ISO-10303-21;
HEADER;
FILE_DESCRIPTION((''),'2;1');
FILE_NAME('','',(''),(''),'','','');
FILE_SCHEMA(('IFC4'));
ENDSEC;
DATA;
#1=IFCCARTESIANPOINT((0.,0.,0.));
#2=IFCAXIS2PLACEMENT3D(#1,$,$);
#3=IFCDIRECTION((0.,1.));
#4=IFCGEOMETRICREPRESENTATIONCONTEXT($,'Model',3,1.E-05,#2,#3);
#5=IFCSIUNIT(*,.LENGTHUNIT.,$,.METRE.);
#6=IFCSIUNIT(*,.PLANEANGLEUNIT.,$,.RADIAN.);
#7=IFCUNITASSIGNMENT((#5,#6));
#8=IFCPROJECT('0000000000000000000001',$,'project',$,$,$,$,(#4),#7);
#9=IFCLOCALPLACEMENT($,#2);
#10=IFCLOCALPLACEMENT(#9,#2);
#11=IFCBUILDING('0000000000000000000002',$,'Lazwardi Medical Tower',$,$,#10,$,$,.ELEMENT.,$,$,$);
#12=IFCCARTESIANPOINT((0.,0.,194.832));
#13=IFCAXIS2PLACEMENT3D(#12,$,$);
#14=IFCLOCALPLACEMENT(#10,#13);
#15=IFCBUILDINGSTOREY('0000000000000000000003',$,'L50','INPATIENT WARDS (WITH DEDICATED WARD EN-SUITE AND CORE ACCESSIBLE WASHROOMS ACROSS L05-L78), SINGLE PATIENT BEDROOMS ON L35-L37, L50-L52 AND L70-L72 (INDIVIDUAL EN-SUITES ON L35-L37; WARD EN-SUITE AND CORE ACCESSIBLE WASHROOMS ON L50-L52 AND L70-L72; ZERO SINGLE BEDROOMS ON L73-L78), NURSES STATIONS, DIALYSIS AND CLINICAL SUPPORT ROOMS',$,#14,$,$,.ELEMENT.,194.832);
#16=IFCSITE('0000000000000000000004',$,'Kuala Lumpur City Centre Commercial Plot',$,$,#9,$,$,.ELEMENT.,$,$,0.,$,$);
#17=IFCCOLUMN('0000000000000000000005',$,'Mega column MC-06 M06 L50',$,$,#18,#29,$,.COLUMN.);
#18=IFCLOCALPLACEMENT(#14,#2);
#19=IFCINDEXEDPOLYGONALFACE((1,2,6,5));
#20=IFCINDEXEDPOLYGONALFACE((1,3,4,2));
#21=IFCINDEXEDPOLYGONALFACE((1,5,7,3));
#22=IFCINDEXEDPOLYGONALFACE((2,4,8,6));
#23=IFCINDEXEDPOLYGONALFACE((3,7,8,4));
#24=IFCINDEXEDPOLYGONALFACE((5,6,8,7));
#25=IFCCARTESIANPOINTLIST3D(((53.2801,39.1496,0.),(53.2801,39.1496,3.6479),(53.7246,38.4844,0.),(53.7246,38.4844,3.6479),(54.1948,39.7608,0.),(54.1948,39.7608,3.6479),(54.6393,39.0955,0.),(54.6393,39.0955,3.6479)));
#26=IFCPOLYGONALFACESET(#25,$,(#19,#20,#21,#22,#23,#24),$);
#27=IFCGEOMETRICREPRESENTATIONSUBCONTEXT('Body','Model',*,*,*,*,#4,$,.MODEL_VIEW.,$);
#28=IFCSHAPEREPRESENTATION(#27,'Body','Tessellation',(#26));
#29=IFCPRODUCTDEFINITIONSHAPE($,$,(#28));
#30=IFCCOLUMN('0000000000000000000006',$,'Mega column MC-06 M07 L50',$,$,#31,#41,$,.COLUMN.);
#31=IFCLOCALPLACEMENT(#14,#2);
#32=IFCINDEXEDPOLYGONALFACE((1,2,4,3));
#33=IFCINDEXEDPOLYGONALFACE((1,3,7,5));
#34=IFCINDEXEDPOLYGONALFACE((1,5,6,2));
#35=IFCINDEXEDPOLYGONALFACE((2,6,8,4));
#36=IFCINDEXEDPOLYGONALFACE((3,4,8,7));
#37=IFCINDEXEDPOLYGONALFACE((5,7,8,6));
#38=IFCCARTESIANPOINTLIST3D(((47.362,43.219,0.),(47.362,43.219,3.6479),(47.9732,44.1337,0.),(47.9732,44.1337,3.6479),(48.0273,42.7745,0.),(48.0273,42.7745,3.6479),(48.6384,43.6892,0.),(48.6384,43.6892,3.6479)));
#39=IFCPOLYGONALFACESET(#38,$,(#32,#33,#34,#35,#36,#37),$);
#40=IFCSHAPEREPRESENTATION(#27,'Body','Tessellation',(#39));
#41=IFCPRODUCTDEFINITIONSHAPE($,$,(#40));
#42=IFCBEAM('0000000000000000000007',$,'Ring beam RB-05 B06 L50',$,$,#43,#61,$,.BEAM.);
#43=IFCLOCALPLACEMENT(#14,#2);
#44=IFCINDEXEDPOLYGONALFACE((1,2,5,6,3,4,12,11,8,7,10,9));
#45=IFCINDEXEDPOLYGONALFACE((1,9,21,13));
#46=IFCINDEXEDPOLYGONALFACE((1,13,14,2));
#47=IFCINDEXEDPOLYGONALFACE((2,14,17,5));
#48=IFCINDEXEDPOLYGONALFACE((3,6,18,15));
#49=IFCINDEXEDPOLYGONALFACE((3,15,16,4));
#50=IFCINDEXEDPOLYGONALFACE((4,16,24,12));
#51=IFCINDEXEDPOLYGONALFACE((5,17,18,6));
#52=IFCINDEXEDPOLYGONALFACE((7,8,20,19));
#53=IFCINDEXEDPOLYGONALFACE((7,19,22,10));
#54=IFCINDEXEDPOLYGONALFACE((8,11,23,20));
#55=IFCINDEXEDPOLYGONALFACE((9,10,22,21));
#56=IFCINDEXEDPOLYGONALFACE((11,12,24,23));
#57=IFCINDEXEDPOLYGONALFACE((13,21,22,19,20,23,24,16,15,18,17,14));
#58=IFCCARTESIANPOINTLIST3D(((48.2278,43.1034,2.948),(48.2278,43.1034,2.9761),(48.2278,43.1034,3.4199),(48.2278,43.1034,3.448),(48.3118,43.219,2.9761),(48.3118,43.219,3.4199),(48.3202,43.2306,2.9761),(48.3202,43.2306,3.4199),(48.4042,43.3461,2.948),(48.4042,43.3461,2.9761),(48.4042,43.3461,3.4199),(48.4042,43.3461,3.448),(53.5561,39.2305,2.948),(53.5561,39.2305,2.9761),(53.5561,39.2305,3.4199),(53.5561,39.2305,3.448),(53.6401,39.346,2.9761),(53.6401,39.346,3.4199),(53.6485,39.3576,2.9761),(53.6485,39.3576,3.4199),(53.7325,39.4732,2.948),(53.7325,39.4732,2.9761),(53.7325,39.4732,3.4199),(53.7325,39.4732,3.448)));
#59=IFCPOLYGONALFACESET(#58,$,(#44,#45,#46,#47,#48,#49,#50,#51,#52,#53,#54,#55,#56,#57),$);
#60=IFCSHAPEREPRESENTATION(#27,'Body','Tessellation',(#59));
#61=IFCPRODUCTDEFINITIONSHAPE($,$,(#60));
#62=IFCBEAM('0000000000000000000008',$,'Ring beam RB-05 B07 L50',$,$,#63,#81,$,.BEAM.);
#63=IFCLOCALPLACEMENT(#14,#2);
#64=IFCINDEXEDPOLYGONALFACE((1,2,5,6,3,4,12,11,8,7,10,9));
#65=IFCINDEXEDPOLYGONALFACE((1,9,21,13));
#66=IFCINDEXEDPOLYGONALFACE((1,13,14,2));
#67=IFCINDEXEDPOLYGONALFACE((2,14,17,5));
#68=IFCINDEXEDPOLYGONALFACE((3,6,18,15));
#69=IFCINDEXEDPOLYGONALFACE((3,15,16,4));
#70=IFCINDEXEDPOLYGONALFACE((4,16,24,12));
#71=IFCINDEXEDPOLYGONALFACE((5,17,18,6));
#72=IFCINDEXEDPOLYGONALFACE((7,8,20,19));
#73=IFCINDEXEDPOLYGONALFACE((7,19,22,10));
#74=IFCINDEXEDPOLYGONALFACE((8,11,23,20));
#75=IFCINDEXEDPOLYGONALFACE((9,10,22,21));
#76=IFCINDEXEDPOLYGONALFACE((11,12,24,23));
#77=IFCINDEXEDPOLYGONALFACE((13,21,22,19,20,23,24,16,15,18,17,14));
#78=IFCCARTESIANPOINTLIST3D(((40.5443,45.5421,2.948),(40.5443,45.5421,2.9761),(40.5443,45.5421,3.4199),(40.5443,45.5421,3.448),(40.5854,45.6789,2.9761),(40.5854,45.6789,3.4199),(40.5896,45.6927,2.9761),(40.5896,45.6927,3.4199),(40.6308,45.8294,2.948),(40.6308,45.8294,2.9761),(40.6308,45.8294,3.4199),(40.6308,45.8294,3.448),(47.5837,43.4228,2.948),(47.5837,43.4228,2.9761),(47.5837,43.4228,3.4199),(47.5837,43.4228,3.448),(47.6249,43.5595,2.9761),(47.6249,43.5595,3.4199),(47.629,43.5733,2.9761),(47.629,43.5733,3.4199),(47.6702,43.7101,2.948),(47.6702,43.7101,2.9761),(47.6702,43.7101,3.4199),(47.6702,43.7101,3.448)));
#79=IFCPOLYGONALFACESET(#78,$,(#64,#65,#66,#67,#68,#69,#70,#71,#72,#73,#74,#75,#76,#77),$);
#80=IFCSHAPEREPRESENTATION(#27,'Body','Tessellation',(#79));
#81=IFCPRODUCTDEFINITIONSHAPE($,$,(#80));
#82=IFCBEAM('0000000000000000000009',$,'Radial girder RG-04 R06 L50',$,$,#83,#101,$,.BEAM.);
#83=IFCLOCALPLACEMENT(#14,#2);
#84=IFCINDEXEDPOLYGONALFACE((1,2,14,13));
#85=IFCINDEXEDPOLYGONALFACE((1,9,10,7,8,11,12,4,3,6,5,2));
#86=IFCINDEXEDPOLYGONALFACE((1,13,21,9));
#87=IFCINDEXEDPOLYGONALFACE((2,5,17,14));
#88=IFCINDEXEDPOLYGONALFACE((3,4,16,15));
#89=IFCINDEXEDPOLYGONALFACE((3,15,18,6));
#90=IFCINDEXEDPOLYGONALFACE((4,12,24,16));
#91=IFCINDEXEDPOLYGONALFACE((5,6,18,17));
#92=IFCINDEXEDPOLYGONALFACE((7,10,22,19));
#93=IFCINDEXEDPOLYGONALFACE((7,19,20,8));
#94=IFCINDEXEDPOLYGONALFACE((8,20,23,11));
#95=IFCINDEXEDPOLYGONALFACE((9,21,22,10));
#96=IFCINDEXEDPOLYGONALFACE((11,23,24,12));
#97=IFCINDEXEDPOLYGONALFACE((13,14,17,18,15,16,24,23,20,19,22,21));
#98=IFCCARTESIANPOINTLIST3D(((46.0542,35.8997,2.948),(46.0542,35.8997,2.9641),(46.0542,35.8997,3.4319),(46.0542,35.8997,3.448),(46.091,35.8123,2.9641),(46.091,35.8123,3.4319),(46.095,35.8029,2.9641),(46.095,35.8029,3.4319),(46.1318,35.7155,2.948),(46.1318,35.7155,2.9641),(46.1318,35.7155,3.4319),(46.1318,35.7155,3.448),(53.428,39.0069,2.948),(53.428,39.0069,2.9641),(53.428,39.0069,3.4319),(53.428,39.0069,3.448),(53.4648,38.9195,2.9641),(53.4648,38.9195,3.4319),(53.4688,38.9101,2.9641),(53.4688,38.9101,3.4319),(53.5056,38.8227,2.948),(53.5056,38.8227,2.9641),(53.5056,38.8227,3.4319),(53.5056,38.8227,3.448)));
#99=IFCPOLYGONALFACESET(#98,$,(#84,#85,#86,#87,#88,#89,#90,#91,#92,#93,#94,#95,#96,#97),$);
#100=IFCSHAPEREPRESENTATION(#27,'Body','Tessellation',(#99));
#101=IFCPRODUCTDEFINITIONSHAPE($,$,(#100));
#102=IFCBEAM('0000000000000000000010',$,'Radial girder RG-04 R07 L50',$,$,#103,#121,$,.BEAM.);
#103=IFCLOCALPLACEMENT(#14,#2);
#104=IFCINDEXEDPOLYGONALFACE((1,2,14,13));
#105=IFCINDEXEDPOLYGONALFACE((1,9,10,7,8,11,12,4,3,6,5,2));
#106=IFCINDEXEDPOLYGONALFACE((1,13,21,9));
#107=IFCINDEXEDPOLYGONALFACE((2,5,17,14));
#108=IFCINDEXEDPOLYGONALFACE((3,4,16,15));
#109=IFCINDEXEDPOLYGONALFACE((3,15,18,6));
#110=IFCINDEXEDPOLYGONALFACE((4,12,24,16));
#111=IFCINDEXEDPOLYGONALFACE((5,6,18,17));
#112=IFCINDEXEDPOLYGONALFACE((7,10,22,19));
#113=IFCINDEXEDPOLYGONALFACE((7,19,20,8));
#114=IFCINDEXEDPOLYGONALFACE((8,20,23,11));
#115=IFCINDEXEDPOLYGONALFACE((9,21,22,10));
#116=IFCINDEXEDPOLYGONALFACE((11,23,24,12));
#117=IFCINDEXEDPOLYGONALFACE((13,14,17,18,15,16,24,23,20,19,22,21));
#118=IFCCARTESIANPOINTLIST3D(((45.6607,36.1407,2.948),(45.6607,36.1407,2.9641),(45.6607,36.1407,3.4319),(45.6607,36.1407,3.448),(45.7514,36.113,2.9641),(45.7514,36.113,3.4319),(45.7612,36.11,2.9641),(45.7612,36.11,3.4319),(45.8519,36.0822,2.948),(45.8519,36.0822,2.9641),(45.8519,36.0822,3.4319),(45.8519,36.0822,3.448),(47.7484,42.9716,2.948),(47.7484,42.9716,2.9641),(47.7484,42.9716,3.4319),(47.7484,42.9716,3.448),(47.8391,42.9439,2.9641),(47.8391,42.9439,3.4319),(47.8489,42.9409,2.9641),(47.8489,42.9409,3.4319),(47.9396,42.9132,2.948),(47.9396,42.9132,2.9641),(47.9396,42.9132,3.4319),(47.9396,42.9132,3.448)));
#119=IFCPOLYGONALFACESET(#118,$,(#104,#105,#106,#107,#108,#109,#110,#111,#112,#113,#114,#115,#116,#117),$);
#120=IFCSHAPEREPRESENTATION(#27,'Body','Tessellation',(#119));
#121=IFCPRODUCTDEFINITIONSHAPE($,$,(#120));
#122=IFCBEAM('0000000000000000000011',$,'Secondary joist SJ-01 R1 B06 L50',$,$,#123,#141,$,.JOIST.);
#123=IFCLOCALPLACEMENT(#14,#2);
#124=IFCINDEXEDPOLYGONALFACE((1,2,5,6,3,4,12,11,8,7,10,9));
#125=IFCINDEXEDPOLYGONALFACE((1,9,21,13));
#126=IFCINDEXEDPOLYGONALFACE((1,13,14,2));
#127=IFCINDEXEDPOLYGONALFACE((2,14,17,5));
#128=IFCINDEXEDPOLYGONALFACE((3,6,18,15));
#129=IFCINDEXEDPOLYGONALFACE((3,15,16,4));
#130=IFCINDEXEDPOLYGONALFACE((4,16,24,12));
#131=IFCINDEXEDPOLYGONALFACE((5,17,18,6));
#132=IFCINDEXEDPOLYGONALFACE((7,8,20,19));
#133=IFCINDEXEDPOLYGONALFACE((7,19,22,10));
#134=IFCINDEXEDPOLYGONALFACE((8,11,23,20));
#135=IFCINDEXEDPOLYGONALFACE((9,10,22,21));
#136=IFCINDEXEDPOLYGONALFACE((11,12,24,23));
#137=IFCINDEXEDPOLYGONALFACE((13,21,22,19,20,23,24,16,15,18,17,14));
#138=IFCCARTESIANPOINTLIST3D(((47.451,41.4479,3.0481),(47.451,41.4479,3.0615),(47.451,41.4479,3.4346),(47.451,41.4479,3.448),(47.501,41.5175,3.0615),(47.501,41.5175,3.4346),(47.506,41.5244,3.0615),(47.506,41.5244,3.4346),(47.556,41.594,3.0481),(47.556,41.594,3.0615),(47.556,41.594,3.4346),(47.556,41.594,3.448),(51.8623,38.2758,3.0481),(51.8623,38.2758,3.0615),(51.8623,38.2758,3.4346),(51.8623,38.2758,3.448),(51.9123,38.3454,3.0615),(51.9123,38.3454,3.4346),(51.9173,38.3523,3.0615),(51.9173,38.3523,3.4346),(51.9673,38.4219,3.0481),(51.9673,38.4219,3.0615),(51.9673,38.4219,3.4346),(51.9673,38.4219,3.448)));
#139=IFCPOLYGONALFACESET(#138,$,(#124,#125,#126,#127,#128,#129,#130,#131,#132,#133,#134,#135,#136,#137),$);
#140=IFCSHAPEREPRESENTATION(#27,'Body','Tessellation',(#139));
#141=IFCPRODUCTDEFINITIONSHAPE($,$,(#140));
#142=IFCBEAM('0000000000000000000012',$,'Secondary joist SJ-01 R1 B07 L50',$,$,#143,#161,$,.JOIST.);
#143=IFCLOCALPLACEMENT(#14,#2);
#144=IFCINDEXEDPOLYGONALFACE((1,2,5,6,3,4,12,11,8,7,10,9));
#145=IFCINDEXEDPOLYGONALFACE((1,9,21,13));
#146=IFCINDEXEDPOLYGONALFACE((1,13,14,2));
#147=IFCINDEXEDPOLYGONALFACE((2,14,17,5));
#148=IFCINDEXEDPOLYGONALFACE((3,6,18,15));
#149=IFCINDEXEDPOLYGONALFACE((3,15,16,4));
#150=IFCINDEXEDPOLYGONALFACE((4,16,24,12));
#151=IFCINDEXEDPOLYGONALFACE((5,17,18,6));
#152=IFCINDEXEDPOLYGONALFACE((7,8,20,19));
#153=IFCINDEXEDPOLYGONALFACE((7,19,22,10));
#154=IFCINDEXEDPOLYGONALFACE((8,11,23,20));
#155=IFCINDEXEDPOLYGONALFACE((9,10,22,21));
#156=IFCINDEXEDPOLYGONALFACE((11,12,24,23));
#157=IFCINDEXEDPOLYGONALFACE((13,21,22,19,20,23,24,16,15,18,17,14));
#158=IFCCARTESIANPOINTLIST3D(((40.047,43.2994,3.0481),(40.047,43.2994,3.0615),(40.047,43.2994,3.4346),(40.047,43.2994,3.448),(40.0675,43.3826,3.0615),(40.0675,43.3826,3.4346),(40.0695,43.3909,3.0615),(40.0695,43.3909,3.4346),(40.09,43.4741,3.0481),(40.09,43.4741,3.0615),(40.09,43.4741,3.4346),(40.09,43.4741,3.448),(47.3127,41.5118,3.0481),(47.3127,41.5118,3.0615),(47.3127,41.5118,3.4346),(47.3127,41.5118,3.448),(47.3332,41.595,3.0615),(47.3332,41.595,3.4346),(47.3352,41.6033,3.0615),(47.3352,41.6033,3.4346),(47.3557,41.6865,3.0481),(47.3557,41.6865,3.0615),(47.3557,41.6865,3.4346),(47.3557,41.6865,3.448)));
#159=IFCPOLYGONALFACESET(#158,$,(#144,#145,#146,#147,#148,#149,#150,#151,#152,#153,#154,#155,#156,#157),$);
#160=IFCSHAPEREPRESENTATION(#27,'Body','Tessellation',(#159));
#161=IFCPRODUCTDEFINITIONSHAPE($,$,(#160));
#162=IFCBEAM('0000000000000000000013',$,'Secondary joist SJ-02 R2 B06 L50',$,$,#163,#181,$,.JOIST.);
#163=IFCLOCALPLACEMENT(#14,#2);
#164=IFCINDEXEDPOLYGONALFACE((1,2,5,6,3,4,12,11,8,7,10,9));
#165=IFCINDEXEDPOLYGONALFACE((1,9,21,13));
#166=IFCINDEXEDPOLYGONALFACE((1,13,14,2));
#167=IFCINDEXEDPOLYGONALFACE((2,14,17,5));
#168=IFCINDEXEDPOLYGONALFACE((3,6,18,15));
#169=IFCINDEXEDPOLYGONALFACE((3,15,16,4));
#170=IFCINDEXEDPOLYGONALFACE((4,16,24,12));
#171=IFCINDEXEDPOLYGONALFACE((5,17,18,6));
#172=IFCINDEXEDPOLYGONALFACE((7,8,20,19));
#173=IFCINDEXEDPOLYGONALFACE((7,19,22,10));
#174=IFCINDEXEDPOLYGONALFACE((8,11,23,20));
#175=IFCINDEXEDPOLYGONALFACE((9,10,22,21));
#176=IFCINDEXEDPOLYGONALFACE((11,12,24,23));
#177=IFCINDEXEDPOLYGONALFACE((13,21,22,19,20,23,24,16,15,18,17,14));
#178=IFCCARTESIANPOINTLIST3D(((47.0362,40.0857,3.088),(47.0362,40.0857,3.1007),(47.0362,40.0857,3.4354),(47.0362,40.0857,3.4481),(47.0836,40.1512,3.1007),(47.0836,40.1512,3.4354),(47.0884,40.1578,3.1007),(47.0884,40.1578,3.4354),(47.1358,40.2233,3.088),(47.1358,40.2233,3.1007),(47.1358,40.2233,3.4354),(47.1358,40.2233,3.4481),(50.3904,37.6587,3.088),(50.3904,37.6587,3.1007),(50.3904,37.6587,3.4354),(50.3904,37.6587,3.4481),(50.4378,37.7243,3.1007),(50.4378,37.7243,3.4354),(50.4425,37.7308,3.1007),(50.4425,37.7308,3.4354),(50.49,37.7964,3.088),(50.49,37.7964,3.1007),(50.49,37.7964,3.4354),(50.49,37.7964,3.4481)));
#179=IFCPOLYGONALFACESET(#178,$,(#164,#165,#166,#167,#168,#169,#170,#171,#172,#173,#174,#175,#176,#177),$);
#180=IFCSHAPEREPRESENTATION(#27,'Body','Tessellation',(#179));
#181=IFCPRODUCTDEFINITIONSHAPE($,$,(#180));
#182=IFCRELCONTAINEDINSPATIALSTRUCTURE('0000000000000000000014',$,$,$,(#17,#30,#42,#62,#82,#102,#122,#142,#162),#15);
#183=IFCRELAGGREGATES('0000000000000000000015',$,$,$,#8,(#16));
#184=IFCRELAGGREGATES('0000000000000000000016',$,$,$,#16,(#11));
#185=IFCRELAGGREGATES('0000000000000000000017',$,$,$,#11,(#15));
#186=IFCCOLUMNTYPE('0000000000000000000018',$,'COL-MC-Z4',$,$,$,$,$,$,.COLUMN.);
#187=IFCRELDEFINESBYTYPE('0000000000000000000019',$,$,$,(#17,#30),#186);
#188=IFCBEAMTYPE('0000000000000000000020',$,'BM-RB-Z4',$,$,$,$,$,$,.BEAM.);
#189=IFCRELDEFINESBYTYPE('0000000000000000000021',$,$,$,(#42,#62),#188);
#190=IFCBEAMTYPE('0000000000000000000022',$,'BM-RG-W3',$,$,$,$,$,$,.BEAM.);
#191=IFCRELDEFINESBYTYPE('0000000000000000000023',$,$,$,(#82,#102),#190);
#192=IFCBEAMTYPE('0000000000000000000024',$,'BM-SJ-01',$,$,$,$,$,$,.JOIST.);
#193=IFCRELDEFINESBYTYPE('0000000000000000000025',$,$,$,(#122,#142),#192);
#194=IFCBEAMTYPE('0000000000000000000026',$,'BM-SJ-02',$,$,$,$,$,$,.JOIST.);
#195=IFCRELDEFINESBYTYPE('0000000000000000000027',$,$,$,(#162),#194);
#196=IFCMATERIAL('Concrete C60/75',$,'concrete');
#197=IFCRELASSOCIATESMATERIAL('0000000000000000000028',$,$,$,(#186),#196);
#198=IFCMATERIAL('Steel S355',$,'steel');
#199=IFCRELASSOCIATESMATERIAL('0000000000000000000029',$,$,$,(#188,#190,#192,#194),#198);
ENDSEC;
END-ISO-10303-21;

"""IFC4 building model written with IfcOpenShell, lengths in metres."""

from ifc_helpers import new_model, si_unit, direction, frame, origin, origin_2d, place, context, subcontext, project, spatial, rectangle, i_section, extrude, material, material_profile, profile_set, type_object, element, save


model = new_model("IFC4")

# Units and contexts
model_context = context("Model", 3, precision=1e-05, world=origin(), true_north=direction((0.0, 1.0)))
body_context = subcontext(model_context, "Body", "Model", "MODEL_VIEW")
ifc_project = project(units=[si_unit("LENGTHUNIT", "METRE"), si_unit("PLANEANGLEUNIT", "RADIAN")], contexts=[model_context])

# Site, building, storey
site_placement = place(None, origin())
site = spatial("IfcSite", under=ifc_project, at=site_placement, Name="Kuala Lumpur City Centre Commercial Plot", CompositionType="ELEMENT", RefElevation=0.0)
building_placement = place(site_placement, origin())
building = spatial("IfcBuilding", under=site, at=building_placement, Name="Lazwardi Medical Tower", CompositionType="ELEMENT")
storey_placement = place(building_placement, frame((0.0, 0.0, 194.832)))
storey = spatial("IfcBuildingStorey", under=building, at=storey_placement, Name="L50", Description="INPATIENT WARDS (WITH DEDICATED WARD EN-SUITE AND CORE ACCESSIBLE WASHROOMS ACROSS L05-L78), SINGLE PATIENT BEDROOMS ON L35-L37, L50-L52 AND L70-L72 (INDIVIDUAL EN-SUITES ON L35-L37; WARD EN-SUITE AND CORE ACCESSIBLE WASHROOMS ON L50-L52 AND L70-L72; ZERO SINGLE BEDROOMS ON L73-L78), NURSES STATIONS, DIALYSIS AND CLINICAL SUPPORT ROOMS", CompositionType="ELEMENT", Elevation=194.832)

# Columns
ifc_material_1 = material(Name="Concrete C60/75", Category="concrete")
ifc_material_profile_1 = material_profile(ifc_material_1, rectangle(XDim=1.1001, YDim=0.8, at=origin_2d()), Name="CFT-RECT 1100x800")
ifc_profile_set_1 = profile_set([ifc_material_profile_1], Name="Concrete C60/75")
column_type = type_object("IfcColumnType", Name="COL-MC-Z4", PredefinedType="COLUMN", material=ifc_profile_set_1)
for number, where, z_axis, x_axis, name in (
    (1, (53.9597, 39.1226, 0.0), (0.0, 0.0, 1.0), (0.83147, 0.55557, 0.0), "Mega column MC-06 M06 L50"),
    (2, (48.0002, 43.4541, 0.0), (0.0, 0.0, 1.0), (0.55557, 0.83147, 0.0), "Mega column MC-06 M07 L50"),
):
    element("IfcColumn", number, at=place(storey_placement, frame(where, z_axis=z_axis, x_axis=x_axis)), inside=storey, type_object=column_type, Name=name, PredefinedType="COLUMN", context=body_context, shape_type="SweptSolid", body=[
        extrude(rectangle(XDim=1.1001, YDim=0.8, at=origin_2d()), origin(), (0.0, 0.0, 1.0), 3.6479),
    ])

# Beams
ifc_material_2 = material(Name="Steel S355", Category="steel")
ifc_material_profile_2 = material_profile(ifc_material_2, i_section(OverallWidth=0.3, OverallDepth=0.5, WebThickness=0.0144, FlangeThickness=0.0281, at=origin_2d()), Name="HEB 500")
ifc_profile_set_2 = profile_set([ifc_material_profile_2], Name="Steel S355")
beam_type_1 = type_object("IfcBeamType", Name="BM-RB-Z4", PredefinedType="BEAM", material=ifc_profile_set_2)
beam_1_placement = place(storey_placement, frame((53.6443, 39.3518, 3.198), z_axis=(-0.80889, 0.58796, 0.0), x_axis=(-0.58796, -0.80889, 0.0)))
element("IfcBeam", 3, at=beam_1_placement, inside=storey, type_object=beam_type_1, Name="Ring beam RB-05 B06 L50", PredefinedType="BEAM", context=body_context, shape_type="SweptSolid", body=[
    extrude(i_section(OverallWidth=0.3, OverallDepth=0.5, WebThickness=0.0144, FlangeThickness=0.0281, at=origin_2d()), origin(), (0.0, 0.0, 1.0), 6.5872),
])
beam_2_placement = place(storey_placement, frame((47.627, 43.5664, 3.198), z_axis=(-0.957544, 0.288286, 0.0), x_axis=(-0.288286, -0.957544, 0.0)))
element("IfcBeam", 4, at=beam_2_placement, inside=storey, type_object=beam_type_1, Name="Ring beam RB-05 B07 L50", PredefinedType="BEAM", context=body_context, shape_type="SweptSolid", body=[
    extrude(i_section(OverallWidth=0.3, OverallDepth=0.5, WebThickness=0.0144, FlangeThickness=0.0281, at=origin_2d()), origin(), (0.0, 0.0, 1.0), 7.3516),
])
ifc_material_profile_3 = material_profile(ifc_material_2, i_section(OverallWidth=0.2, OverallDepth=0.5, WebThickness=0.0103, FlangeThickness=0.0161, at=origin_2d()), Name="IPE 500")
ifc_profile_set_3 = profile_set([ifc_material_profile_3], Name="Steel S355")
beam_type_2 = type_object("IfcBeamType", Name="BM-RG-W3", PredefinedType="BEAM", material=ifc_profile_set_3)
beam_3_placement = place(storey_placement, frame((53.4668, 38.9148, 3.198), z_axis=(-0.921527, -0.388315, 0.0), x_axis=(0.388315, -0.921527, 0.0)))
element("IfcBeam", 5, at=beam_3_placement, inside=storey, type_object=beam_type_2, Name="Radial girder RG-04 R06 L50", PredefinedType="BEAM", context=body_context, shape_type="SweptSolid", body=[
    extrude(i_section(OverallWidth=0.2, OverallDepth=0.5, WebThickness=0.0103, FlangeThickness=0.0161, at=origin_2d()), origin(), (0.0, 0.0, 1.0), 8.0017),
])
beam_4_placement = place(storey_placement, frame((47.844, 42.9424, 3.198), z_axis=(-0.292277, -0.956334, 0.0), x_axis=(0.956334, -0.292277, 0.0)))
element("IfcBeam", 6, at=beam_4_placement, inside=storey, type_object=beam_type_2, Name="Radial girder RG-04 R07 L50", PredefinedType="BEAM", context=body_context, shape_type="SweptSolid", body=[
    extrude(i_section(OverallWidth=0.2, OverallDepth=0.5, WebThickness=0.0103, FlangeThickness=0.0161, at=origin_2d()), origin(), (0.0, 0.0, 1.0), 7.1428),
])
ifc_material_profile_4 = material_profile(ifc_material_2, i_section(OverallWidth=0.1799, OverallDepth=0.3999, WebThickness=0.0085, FlangeThickness=0.0134, at=origin_2d()), Name="IPE 400")
ifc_profile_set_4 = profile_set([ifc_material_profile_4], Name="Steel S355")
beam_type_3 = type_object("IfcBeamType", Name="BM-SJ-01", PredefinedType="JOIST", material=ifc_profile_set_4)
beam_5_placement = place(storey_placement, frame((51.9148, 38.3489, 3.248), z_axis=(-0.81189, 0.583811, 0.0), x_axis=(-0.583811, -0.81189, 0.0)))
element("IfcBeam", 7, at=beam_5_placement, inside=storey, type_object=beam_type_3, Name="Secondary joist SJ-01 R1 B06 L50", PredefinedType="JOIST", context=body_context, shape_type="SweptSolid", body=[
    extrude(i_section(OverallWidth=0.1799, OverallDepth=0.3999, WebThickness=0.0085, FlangeThickness=0.0134, at=origin_2d()), origin(), (0.0, 0.0, 1.0), 5.4333),
])
beam_6_placement = place(storey_placement, frame((47.3342, 41.5991, 3.248), z_axis=(-0.971042, 0.23891, 0.0), x_axis=(-0.23891, -0.971042, 0.0)))
element("IfcBeam", 8, at=beam_6_placement, inside=storey, type_object=beam_type_3, Name="Secondary joist SJ-01 R1 B07 L50", PredefinedType="JOIST", context=body_context, shape_type="SweptSolid", body=[
    extrude(i_section(OverallWidth=0.1799, OverallDepth=0.3999, WebThickness=0.0085, FlangeThickness=0.0134, at=origin_2d()), origin(), (0.0, 0.0, 1.0), 7.4824),
])
ifc_material_profile_5 = material_profile(ifc_material_2, i_section(OverallWidth=0.1699, OverallDepth=0.3601, WebThickness=0.0081, FlangeThickness=0.0127, at=origin_2d()), Name="IPE 360")
ifc_profile_set_5 = profile_set([ifc_material_profile_5], Name="Steel S355")
beam_type_4 = type_object("IfcBeamType", Name="BM-SJ-02", PredefinedType="JOIST", material=ifc_profile_set_5)
beam_7_placement = place(storey_placement, frame((50.4402, 37.7275, 3.2681), z_axis=(-0.810164, 0.586203, 0.0), x_axis=(-0.586203, -0.810164, 0.0)))
element("IfcBeam", 9, at=beam_7_placement, inside=storey, type_object=beam_type_4, Name="Secondary joist SJ-02 R2 B06 L50", PredefinedType="JOIST", context=body_context, shape_type="SweptSolid", body=[
    extrude(i_section(OverallWidth=0.1699, OverallDepth=0.3601, WebThickness=0.0081, FlangeThickness=0.0127, at=origin_2d()), origin(), (0.0, 0.0, 1.0), 4.1401),
])

save(model, "model.ifc")
